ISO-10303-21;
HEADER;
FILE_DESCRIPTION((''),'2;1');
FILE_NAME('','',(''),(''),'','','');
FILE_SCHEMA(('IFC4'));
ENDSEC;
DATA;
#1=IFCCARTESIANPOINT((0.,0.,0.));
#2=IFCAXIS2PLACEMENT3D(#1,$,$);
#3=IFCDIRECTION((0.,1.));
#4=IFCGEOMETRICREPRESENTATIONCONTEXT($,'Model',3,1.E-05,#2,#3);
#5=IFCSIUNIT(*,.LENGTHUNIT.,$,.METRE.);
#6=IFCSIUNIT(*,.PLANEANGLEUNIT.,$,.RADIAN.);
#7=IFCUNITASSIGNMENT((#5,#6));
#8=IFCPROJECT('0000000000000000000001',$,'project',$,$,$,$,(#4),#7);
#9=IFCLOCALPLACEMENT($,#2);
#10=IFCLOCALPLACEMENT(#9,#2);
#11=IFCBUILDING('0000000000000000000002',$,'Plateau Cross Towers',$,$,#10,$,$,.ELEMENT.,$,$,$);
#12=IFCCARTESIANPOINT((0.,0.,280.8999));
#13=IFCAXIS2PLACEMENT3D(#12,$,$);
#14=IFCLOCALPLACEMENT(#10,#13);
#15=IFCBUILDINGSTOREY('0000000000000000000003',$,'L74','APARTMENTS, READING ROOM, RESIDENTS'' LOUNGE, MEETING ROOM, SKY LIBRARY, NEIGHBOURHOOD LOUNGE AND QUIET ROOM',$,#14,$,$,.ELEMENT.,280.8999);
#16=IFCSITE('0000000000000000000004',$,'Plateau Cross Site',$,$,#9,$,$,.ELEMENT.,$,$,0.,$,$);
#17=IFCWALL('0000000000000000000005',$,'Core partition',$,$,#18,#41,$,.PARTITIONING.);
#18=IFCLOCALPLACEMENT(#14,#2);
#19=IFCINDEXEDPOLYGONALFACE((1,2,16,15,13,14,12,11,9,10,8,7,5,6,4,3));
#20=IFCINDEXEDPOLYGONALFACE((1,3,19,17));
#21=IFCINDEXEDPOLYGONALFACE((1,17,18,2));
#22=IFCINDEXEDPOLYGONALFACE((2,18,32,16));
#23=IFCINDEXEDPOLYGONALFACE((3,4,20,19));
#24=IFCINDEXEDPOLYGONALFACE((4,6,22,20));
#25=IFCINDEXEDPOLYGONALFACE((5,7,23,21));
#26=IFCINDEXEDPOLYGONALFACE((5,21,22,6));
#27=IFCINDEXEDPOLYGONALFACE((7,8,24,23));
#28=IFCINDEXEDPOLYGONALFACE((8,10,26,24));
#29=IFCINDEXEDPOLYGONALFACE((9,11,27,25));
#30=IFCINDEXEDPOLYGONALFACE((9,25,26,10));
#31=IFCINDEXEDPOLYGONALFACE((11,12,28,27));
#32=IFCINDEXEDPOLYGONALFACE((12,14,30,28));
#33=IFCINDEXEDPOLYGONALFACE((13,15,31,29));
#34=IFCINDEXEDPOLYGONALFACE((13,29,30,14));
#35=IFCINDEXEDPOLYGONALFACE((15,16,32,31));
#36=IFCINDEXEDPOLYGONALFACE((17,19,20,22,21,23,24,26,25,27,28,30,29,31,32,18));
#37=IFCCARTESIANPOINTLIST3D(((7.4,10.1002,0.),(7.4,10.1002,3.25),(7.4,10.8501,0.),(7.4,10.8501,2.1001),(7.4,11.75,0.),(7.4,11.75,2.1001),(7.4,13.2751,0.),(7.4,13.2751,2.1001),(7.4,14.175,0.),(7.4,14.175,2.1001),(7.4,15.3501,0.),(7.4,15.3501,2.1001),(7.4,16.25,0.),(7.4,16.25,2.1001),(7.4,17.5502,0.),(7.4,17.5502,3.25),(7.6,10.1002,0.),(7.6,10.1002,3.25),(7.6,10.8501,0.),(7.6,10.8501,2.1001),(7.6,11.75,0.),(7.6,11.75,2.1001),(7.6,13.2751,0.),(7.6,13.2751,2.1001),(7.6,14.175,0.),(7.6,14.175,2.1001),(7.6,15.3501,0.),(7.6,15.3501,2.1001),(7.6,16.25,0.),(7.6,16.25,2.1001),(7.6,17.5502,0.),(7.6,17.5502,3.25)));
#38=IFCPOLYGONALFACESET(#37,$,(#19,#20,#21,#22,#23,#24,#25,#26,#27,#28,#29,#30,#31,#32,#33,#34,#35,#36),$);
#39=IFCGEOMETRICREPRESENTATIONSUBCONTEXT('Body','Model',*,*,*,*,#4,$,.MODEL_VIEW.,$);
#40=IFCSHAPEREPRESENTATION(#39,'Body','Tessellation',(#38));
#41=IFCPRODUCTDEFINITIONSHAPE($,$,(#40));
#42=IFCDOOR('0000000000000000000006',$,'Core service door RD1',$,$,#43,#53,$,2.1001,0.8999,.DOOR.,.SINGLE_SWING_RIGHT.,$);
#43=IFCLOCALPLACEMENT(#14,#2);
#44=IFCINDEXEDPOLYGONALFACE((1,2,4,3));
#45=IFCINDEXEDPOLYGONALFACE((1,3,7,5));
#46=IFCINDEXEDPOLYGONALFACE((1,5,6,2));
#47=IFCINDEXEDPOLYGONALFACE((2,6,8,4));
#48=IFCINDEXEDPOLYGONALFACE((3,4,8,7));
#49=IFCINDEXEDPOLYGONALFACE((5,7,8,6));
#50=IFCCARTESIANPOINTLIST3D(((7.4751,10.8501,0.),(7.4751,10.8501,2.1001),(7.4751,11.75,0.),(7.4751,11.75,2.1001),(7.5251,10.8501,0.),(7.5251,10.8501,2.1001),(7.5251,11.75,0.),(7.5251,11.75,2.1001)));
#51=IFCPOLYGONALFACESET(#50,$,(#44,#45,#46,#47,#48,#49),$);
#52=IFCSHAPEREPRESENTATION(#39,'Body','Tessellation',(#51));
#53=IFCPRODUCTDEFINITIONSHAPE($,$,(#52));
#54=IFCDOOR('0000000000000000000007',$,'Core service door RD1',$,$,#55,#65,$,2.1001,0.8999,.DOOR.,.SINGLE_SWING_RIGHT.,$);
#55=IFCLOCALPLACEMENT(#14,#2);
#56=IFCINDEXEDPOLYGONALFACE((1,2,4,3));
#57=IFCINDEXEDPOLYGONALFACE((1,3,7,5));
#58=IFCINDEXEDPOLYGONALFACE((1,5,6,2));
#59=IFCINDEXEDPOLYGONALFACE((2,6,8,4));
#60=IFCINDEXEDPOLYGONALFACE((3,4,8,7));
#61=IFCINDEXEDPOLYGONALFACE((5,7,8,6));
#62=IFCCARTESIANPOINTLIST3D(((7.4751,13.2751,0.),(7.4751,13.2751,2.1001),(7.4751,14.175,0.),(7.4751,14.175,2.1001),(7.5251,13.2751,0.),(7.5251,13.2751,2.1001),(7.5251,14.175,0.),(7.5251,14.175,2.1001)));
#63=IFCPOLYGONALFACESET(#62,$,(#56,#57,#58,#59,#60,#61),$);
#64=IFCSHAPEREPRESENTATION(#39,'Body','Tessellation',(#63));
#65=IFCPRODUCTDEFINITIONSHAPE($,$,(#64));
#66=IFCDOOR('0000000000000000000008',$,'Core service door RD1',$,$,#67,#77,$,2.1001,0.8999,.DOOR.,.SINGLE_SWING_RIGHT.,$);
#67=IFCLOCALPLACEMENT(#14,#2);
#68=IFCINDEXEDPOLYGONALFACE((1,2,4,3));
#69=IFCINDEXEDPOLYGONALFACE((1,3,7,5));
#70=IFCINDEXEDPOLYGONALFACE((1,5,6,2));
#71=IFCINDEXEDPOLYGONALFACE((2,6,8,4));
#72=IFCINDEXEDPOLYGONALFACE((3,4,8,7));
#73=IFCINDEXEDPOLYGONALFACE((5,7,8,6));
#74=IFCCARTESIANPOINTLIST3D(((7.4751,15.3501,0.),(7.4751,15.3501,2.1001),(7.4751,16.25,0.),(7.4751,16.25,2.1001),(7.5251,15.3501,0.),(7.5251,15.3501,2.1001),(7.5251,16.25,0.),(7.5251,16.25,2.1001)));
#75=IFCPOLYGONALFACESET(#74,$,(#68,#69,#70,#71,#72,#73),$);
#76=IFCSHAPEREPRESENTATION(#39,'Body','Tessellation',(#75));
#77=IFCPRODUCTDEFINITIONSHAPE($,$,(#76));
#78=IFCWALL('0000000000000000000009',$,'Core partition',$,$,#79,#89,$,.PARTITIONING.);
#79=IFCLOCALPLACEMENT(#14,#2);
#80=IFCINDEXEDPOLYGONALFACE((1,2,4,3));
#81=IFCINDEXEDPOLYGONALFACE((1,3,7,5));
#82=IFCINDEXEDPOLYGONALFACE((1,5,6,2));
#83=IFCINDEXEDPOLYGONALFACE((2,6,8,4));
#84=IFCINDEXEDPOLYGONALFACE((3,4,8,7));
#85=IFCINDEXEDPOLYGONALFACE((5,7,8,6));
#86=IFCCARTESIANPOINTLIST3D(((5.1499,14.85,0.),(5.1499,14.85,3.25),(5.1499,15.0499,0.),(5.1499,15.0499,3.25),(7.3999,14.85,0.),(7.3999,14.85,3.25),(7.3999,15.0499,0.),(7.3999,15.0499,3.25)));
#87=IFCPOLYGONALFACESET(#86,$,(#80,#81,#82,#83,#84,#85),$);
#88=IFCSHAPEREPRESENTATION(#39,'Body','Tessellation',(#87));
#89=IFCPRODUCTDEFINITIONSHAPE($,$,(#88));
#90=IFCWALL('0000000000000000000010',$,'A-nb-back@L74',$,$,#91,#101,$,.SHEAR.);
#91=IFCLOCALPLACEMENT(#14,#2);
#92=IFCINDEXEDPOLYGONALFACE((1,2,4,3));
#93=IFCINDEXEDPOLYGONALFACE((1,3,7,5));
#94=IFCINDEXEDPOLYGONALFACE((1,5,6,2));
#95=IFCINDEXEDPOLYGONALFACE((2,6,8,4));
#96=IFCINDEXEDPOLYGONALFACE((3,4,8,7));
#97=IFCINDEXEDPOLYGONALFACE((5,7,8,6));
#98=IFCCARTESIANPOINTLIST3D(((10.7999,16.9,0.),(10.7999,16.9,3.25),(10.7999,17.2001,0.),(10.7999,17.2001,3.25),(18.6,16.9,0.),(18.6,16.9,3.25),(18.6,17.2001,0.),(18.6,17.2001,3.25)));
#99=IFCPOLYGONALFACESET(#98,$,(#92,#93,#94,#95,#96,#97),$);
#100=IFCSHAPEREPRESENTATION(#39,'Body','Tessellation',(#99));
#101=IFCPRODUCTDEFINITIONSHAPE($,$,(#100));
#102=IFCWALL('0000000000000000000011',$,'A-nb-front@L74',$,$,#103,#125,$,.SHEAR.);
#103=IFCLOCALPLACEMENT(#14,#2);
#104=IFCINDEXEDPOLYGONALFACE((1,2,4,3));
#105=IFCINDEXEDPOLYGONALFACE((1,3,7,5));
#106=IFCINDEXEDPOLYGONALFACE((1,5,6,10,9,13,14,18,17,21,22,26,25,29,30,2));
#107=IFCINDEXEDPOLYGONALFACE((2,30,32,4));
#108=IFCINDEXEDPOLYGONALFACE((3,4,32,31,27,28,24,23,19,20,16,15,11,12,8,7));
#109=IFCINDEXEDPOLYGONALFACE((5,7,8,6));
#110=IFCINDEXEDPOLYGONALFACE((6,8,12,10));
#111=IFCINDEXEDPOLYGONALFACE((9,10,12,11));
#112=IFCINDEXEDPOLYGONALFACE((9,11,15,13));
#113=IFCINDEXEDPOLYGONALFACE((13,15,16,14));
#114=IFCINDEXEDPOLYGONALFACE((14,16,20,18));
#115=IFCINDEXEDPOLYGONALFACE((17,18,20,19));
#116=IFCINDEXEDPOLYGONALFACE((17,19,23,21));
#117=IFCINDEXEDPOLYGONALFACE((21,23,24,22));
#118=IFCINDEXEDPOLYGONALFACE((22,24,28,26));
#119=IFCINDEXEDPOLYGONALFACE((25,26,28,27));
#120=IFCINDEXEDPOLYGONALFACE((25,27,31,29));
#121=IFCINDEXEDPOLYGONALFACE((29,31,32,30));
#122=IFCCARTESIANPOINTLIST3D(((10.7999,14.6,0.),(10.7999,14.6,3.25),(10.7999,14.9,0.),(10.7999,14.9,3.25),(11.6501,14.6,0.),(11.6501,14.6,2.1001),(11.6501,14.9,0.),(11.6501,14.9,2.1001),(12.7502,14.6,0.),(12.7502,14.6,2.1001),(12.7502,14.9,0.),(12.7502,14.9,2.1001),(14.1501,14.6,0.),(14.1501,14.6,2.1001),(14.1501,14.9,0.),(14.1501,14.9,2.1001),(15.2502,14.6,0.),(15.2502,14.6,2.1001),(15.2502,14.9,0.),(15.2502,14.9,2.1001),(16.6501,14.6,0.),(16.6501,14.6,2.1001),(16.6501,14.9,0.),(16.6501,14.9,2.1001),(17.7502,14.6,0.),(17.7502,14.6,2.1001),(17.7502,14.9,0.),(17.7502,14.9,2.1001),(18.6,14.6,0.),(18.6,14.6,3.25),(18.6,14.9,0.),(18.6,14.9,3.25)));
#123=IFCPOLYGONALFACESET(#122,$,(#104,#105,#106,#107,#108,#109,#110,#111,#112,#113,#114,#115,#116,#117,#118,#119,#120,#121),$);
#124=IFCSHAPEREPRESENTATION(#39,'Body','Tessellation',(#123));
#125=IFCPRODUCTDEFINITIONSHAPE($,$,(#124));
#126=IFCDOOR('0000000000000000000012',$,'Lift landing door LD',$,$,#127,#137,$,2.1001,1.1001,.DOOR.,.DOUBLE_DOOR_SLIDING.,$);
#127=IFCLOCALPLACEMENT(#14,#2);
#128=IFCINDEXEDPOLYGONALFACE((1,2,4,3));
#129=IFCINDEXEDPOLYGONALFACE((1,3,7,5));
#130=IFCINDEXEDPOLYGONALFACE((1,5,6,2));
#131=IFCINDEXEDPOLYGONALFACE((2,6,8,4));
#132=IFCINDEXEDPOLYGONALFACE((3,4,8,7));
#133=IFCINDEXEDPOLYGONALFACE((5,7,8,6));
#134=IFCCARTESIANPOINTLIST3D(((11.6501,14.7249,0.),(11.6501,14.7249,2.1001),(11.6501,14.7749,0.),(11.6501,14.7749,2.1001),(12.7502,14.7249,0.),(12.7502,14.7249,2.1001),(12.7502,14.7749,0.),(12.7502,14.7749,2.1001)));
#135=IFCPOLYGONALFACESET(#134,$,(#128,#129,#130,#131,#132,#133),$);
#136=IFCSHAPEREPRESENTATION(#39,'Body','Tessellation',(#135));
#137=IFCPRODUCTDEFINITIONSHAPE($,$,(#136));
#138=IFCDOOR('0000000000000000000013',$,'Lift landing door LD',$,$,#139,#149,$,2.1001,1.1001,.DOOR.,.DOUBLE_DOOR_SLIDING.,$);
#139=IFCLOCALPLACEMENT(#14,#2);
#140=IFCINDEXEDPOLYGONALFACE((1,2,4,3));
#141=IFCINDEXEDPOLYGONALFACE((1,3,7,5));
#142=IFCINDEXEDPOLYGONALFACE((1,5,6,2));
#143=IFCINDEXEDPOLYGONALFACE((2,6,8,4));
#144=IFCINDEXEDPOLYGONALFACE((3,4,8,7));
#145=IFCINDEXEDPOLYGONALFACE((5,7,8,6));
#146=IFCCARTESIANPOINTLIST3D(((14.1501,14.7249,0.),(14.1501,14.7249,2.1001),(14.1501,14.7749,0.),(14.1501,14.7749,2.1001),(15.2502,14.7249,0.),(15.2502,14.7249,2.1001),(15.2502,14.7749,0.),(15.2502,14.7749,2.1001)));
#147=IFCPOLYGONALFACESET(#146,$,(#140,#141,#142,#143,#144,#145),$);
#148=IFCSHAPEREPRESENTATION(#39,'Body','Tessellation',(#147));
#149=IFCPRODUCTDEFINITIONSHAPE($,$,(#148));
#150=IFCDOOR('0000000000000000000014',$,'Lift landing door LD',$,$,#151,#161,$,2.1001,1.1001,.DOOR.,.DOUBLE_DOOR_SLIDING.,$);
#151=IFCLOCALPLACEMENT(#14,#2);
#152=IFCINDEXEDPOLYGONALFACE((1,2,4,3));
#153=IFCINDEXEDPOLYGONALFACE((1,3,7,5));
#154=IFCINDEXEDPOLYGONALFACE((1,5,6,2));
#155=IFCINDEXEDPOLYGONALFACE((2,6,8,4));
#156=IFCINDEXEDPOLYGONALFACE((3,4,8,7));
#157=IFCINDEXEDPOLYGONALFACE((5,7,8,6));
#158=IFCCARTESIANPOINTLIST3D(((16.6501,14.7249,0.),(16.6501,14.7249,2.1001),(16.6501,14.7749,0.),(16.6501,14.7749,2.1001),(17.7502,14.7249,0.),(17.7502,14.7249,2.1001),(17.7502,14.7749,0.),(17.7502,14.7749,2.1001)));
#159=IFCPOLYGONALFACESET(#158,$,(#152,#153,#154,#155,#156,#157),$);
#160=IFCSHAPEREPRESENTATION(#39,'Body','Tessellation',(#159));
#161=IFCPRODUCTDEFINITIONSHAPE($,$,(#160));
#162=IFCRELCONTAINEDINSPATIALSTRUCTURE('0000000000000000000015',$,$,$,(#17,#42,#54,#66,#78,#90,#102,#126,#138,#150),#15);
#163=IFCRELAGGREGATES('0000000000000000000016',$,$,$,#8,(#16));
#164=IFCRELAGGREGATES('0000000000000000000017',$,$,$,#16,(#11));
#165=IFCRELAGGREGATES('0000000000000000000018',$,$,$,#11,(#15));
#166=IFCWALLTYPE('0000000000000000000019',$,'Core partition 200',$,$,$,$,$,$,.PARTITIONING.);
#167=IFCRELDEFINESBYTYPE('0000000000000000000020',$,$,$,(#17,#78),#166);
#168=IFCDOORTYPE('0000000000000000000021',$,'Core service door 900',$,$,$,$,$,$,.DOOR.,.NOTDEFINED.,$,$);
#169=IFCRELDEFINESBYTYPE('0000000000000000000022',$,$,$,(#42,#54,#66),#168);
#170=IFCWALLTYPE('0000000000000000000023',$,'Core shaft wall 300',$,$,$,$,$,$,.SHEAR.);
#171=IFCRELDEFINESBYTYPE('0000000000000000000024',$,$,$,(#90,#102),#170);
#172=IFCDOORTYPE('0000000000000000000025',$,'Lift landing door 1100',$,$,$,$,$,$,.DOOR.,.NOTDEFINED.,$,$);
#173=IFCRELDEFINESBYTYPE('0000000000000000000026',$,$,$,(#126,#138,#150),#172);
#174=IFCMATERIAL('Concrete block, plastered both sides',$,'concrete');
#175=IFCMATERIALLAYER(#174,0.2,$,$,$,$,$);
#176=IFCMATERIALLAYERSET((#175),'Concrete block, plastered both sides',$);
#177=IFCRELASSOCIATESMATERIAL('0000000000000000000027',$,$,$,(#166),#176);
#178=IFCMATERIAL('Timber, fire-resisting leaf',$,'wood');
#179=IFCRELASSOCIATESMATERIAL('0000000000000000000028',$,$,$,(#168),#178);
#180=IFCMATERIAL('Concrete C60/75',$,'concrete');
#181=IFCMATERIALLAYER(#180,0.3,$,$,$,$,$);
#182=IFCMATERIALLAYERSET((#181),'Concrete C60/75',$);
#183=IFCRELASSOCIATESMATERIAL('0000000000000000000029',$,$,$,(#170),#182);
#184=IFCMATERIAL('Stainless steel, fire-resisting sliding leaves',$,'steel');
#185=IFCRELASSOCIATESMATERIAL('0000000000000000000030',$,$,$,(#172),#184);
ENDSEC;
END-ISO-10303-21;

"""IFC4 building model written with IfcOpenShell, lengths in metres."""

from ifc_helpers import new_model, si_unit, direction, frame, frame_2d, origin, place, context, subcontext, project, spatial, rectangle, extrude, material, layer, layer_set, type_object, element, fill, save


model = new_model("IFC4")

# Units and contexts
model_context = context("Model", 3, precision=1e-05, world=origin(), true_north=direction((0.0, 1.0)))
body_context = subcontext(model_context, "Body", "Model", "MODEL_VIEW")
ifc_project = project(units=[si_unit("LENGTHUNIT", "METRE"), si_unit("PLANEANGLEUNIT", "RADIAN")], contexts=[model_context])

# Site, building, storey
site_placement = place(None, origin())
site = spatial("IfcSite", under=ifc_project, at=site_placement, Name="Plateau Cross Site", CompositionType="ELEMENT", RefElevation=0.0)
building_placement = place(site_placement, origin())
building = spatial("IfcBuilding", under=site, at=building_placement, Name="Plateau Cross Towers", CompositionType="ELEMENT")
storey_placement = place(building_placement, frame((0.0, 0.0, 280.8999)))
storey = spatial("IfcBuildingStorey", under=building, at=storey_placement, Name="L74", Description="APARTMENTS, READING ROOM, RESIDENTS' LOUNGE, MEETING ROOM, SKY LIBRARY, NEIGHBOURHOOD LOUNGE AND QUIET ROOM", CompositionType="ELEMENT", Elevation=280.8999)

# Shared definitions
ifc_material_1 = material(Name="Concrete block, plastered both sides", Category="concrete")
ifc_layer_1 = layer(ifc_material_1, 0.2)
ifc_layer_set_1 = layer_set([ifc_layer_1], Name="Concrete block, plastered both sides")
wall_type_1 = type_object("IfcWallType", Name="Core partition 200", PredefinedType="PARTITIONING", material=ifc_layer_set_1)

# Shared definitions
ifc_material_2 = material(Name="Timber, fire-resisting leaf", Category="wood")
door_type_1 = type_object("IfcDoorType", Name="Core service door 900", OperationType="NOTDEFINED", PredefinedType="DOOR", material=ifc_material_2)

# Wall, openings, doors
wall_1_placement = place(storey_placement, frame((7.5, 10.1001, 0.0), z_axis=(0.0, 0.0, 1.0), x_axis=(0.0, 1.0, 0.0)))
wall_1 = element("IfcWall", 1, at=wall_1_placement, inside=storey, type_object=wall_type_1, Name="Core partition", PredefinedType="PARTITIONING", context=body_context, shape_type="SweptSolid", body=[
    extrude(rectangle(XDim=7.45, YDim=0.2, at=frame_2d((3.7251, 0.0))), origin(), (0.0, 0.0, 1.0), 3.25),
])
opening_1_placement = place(wall_1_placement, frame((0.75, 0.0, 0.0)))
opening_1 = element("IfcOpeningElement", 2, at=opening_1_placement, cuts=wall_1, PredefinedType="OPENING", context=body_context, shape_type="SweptSolid", body=[
    extrude(rectangle(XDim=0.8999, YDim=2.1001, at=frame_2d((0.45, 1.05))), frame((0.0, 0.1099, 0.0), z_axis=(0.0, -1.0, 0.0), x_axis=(1.0, 0.0, 0.0)), (0.0, 0.0, 1.0), 0.22),
])
opening_2_placement = place(wall_1_placement, frame((3.175, 0.0, 0.0)))
opening_2 = element("IfcOpeningElement", 3, at=opening_2_placement, cuts=wall_1, PredefinedType="OPENING", context=body_context, shape_type="SweptSolid", body=[
    extrude(rectangle(XDim=0.8999, YDim=2.1001, at=frame_2d((0.45, 1.05))), frame((0.0, 0.1099, 0.0), z_axis=(0.0, -1.0, 0.0), x_axis=(1.0, 0.0, 0.0)), (0.0, 0.0, 1.0), 0.22),
])
opening_3_placement = place(wall_1_placement, frame((5.25, 0.0, 0.0)))
opening_3 = element("IfcOpeningElement", 4, at=opening_3_placement, cuts=wall_1, PredefinedType="OPENING", context=body_context, shape_type="SweptSolid", body=[
    extrude(rectangle(XDim=0.8999, YDim=2.1001, at=frame_2d((0.45, 1.05))), frame((0.0, 0.1099, 0.0), z_axis=(0.0, -1.0, 0.0), x_axis=(1.0, 0.0, 0.0)), (0.0, 0.0, 1.0), 0.22),
])
door_1_placement = place(opening_1_placement, origin())
door_1 = element("IfcDoor", 5, at=door_1_placement, inside=storey, type_object=door_type_1, Name="Core service door RD1", OperationType="SINGLE_SWING_RIGHT", OverallHeight=2.1001, OverallWidth=0.8999, PredefinedType="DOOR", context=body_context, shape_type="SweptSolid", body=[
    extrude(rectangle(XDim=0.8999, YDim=2.1001, at=frame_2d((0.45, 1.05))), frame((0.0, 0.0249, 0.0), z_axis=(0.0, -1.0, 0.0), x_axis=(1.0, 0.0, 0.0)), (0.0, 0.0, 1.0), 0.05),
])
fill(opening_1, door_1)
door_2_placement = place(opening_2_placement, origin())
door_2 = element("IfcDoor", 6, at=door_2_placement, inside=storey, type_object=door_type_1, Name="Core service door RD1", OperationType="SINGLE_SWING_RIGHT", OverallHeight=2.1001, OverallWidth=0.8999, PredefinedType="DOOR", context=body_context, shape_type="SweptSolid", body=[
    extrude(rectangle(XDim=0.8999, YDim=2.1001, at=frame_2d((0.45, 1.05))), frame((0.0, 0.0249, 0.0), z_axis=(0.0, -1.0, 0.0), x_axis=(1.0, 0.0, 0.0)), (0.0, 0.0, 1.0), 0.05),
])
fill(opening_2, door_2)
door_3_placement = place(opening_3_placement, origin())
door_3 = element("IfcDoor", 7, at=door_3_placement, inside=storey, type_object=door_type_1, Name="Core service door RD1", OperationType="SINGLE_SWING_RIGHT", OverallHeight=2.1001, OverallWidth=0.8999, PredefinedType="DOOR", context=body_context, shape_type="SweptSolid", body=[
    extrude(rectangle(XDim=0.8999, YDim=2.1001, at=frame_2d((0.45, 1.05))), frame((0.0, 0.0249, 0.0), z_axis=(0.0, -1.0, 0.0), x_axis=(1.0, 0.0, 0.0)), (0.0, 0.0, 1.0), 0.05),
])
fill(opening_3, door_3)

# Walls
wall_2_placement = place(storey_placement, frame((5.1499, 14.95, 0.0), z_axis=(0.0, 0.0, 1.0), x_axis=(1.0, 0.0, 0.0)))
element("IfcWall", 8, at=wall_2_placement, inside=storey, type_object=wall_type_1, Name="Core partition", PredefinedType="PARTITIONING", context=body_context, shape_type="SweptSolid", body=[
    extrude(rectangle(XDim=2.25, YDim=0.2, at=frame_2d((1.125, 0.0))), origin(), (0.0, 0.0, 1.0), 3.25),
])
ifc_material_3 = material(Name="Concrete C60/75", Category="concrete")
ifc_layer_2 = layer(ifc_material_3, 0.3)
ifc_layer_set_2 = layer_set([ifc_layer_2], Name="Concrete C60/75")
wall_type_2 = type_object("IfcWallType", Name="Core shaft wall 300", PredefinedType="SHEAR", material=ifc_layer_set_2)
wall_3_placement = place(storey_placement, frame((10.8, 17.05, 0.0), z_axis=(0.0, 0.0, 1.0), x_axis=(1.0, 0.0, 0.0)))
element("IfcWall", 9, at=wall_3_placement, inside=storey, type_object=wall_type_2, Name="A-nb-back@L74", PredefinedType="SHEAR", context=body_context, shape_type="SweptSolid", body=[
    extrude(rectangle(XDim=7.8, YDim=0.3, at=frame_2d((3.8999, 0.0))), origin(), (0.0, 0.0, 1.0), 3.25),
])

# Wall, openings, doors
wall_4_placement = place(storey_placement, frame((10.8, 14.75, 0.0), z_axis=(0.0, 0.0, 1.0), x_axis=(1.0, 0.0, 0.0)))
wall_4 = element("IfcWall", 10, at=wall_4_placement, inside=storey, type_object=wall_type_2, Name="A-nb-front@L74", PredefinedType="SHEAR", context=body_context, shape_type="SweptSolid", body=[
    extrude(rectangle(XDim=7.8, YDim=0.3, at=frame_2d((3.8999, 0.0))), origin(), (0.0, 0.0, 1.0), 3.25),
])
opening_4_placement = place(wall_4_placement, frame((0.8501, 0.0, 0.0)))
opening_4 = element("IfcOpeningElement", 11, at=opening_4_placement, cuts=wall_4, PredefinedType="OPENING", context=body_context, shape_type="SweptSolid", body=[
    extrude(rectangle(XDim=1.1001, YDim=2.1001, at=frame_2d((0.55, 1.05))), frame((0.0, 0.1599, 0.0), z_axis=(0.0, -1.0, 0.0), x_axis=(1.0, 0.0, 0.0)), (0.0, 0.0, 1.0), 0.3201),
])
opening_5_placement = place(wall_4_placement, frame((3.3501, 0.0, 0.0)))
opening_5 = element("IfcOpeningElement", 12, at=opening_5_placement, cuts=wall_4, PredefinedType="OPENING", context=body_context, shape_type="SweptSolid", body=[
    extrude(rectangle(XDim=1.1001, YDim=2.1001, at=frame_2d((0.55, 1.05))), frame((0.0, 0.1599, 0.0), z_axis=(0.0, -1.0, 0.0), x_axis=(1.0, 0.0, 0.0)), (0.0, 0.0, 1.0), 0.3201),
])
opening_6_placement = place(wall_4_placement, frame((5.8501, 0.0, 0.0)))
opening_6 = element("IfcOpeningElement", 13, at=opening_6_placement, cuts=wall_4, PredefinedType="OPENING", context=body_context, shape_type="SweptSolid", body=[
    extrude(rectangle(XDim=1.1001, YDim=2.1001, at=frame_2d((0.55, 1.05))), frame((0.0, 0.1599, 0.0), z_axis=(0.0, -1.0, 0.0), x_axis=(1.0, 0.0, 0.0)), (0.0, 0.0, 1.0), 0.3201),
])
ifc_material_4 = material(Name="Stainless steel, fire-resisting sliding leaves", Category="steel")
door_type_2 = type_object("IfcDoorType", Name="Lift landing door 1100", OperationType="NOTDEFINED", PredefinedType="DOOR", material=ifc_material_4)
door_4_placement = place(opening_4_placement, origin())
door_4 = element("IfcDoor", 14, at=door_4_placement, inside=storey, type_object=door_type_2, Name="Lift landing door LD", OperationType="DOUBLE_DOOR_SLIDING", OverallHeight=2.1001, OverallWidth=1.1001, PredefinedType="DOOR", context=body_context, shape_type="SweptSolid", body=[
    extrude(rectangle(XDim=1.1001, YDim=2.1001, at=frame_2d((0.55, 1.05))), frame((0.0, 0.0249, 0.0), z_axis=(0.0, -1.0, 0.0), x_axis=(1.0, 0.0, 0.0)), (0.0, 0.0, 1.0), 0.05),
])
fill(opening_4, door_4)
door_5_placement = place(opening_5_placement, origin())
door_5 = element("IfcDoor", 15, at=door_5_placement, inside=storey, type_object=door_type_2, Name="Lift landing door LD", OperationType="DOUBLE_DOOR_SLIDING", OverallHeight=2.1001, OverallWidth=1.1001, PredefinedType="DOOR", context=body_context, shape_type="SweptSolid", body=[
    extrude(rectangle(XDim=1.1001, YDim=2.1001, at=frame_2d((0.55, 1.05))), frame((0.0, 0.0249, 0.0), z_axis=(0.0, -1.0, 0.0), x_axis=(1.0, 0.0, 0.0)), (0.0, 0.0, 1.0), 0.05),
])
fill(opening_5, door_5)
door_6_placement = place(opening_6_placement, origin())
door_6 = element("IfcDoor", 16, at=door_6_placement, inside=storey, type_object=door_type_2, Name="Lift landing door LD", OperationType="DOUBLE_DOOR_SLIDING", OverallHeight=2.1001, OverallWidth=1.1001, PredefinedType="DOOR", context=body_context, shape_type="SweptSolid", body=[
    extrude(rectangle(XDim=1.1001, YDim=2.1001, at=frame_2d((0.55, 1.05))), frame((0.0, 0.0249, 0.0), z_axis=(0.0, -1.0, 0.0), x_axis=(1.0, 0.0, 0.0)), (0.0, 0.0, 1.0), 0.05),
])
fill(opening_6, door_6)

save(model, "model.ifc")
